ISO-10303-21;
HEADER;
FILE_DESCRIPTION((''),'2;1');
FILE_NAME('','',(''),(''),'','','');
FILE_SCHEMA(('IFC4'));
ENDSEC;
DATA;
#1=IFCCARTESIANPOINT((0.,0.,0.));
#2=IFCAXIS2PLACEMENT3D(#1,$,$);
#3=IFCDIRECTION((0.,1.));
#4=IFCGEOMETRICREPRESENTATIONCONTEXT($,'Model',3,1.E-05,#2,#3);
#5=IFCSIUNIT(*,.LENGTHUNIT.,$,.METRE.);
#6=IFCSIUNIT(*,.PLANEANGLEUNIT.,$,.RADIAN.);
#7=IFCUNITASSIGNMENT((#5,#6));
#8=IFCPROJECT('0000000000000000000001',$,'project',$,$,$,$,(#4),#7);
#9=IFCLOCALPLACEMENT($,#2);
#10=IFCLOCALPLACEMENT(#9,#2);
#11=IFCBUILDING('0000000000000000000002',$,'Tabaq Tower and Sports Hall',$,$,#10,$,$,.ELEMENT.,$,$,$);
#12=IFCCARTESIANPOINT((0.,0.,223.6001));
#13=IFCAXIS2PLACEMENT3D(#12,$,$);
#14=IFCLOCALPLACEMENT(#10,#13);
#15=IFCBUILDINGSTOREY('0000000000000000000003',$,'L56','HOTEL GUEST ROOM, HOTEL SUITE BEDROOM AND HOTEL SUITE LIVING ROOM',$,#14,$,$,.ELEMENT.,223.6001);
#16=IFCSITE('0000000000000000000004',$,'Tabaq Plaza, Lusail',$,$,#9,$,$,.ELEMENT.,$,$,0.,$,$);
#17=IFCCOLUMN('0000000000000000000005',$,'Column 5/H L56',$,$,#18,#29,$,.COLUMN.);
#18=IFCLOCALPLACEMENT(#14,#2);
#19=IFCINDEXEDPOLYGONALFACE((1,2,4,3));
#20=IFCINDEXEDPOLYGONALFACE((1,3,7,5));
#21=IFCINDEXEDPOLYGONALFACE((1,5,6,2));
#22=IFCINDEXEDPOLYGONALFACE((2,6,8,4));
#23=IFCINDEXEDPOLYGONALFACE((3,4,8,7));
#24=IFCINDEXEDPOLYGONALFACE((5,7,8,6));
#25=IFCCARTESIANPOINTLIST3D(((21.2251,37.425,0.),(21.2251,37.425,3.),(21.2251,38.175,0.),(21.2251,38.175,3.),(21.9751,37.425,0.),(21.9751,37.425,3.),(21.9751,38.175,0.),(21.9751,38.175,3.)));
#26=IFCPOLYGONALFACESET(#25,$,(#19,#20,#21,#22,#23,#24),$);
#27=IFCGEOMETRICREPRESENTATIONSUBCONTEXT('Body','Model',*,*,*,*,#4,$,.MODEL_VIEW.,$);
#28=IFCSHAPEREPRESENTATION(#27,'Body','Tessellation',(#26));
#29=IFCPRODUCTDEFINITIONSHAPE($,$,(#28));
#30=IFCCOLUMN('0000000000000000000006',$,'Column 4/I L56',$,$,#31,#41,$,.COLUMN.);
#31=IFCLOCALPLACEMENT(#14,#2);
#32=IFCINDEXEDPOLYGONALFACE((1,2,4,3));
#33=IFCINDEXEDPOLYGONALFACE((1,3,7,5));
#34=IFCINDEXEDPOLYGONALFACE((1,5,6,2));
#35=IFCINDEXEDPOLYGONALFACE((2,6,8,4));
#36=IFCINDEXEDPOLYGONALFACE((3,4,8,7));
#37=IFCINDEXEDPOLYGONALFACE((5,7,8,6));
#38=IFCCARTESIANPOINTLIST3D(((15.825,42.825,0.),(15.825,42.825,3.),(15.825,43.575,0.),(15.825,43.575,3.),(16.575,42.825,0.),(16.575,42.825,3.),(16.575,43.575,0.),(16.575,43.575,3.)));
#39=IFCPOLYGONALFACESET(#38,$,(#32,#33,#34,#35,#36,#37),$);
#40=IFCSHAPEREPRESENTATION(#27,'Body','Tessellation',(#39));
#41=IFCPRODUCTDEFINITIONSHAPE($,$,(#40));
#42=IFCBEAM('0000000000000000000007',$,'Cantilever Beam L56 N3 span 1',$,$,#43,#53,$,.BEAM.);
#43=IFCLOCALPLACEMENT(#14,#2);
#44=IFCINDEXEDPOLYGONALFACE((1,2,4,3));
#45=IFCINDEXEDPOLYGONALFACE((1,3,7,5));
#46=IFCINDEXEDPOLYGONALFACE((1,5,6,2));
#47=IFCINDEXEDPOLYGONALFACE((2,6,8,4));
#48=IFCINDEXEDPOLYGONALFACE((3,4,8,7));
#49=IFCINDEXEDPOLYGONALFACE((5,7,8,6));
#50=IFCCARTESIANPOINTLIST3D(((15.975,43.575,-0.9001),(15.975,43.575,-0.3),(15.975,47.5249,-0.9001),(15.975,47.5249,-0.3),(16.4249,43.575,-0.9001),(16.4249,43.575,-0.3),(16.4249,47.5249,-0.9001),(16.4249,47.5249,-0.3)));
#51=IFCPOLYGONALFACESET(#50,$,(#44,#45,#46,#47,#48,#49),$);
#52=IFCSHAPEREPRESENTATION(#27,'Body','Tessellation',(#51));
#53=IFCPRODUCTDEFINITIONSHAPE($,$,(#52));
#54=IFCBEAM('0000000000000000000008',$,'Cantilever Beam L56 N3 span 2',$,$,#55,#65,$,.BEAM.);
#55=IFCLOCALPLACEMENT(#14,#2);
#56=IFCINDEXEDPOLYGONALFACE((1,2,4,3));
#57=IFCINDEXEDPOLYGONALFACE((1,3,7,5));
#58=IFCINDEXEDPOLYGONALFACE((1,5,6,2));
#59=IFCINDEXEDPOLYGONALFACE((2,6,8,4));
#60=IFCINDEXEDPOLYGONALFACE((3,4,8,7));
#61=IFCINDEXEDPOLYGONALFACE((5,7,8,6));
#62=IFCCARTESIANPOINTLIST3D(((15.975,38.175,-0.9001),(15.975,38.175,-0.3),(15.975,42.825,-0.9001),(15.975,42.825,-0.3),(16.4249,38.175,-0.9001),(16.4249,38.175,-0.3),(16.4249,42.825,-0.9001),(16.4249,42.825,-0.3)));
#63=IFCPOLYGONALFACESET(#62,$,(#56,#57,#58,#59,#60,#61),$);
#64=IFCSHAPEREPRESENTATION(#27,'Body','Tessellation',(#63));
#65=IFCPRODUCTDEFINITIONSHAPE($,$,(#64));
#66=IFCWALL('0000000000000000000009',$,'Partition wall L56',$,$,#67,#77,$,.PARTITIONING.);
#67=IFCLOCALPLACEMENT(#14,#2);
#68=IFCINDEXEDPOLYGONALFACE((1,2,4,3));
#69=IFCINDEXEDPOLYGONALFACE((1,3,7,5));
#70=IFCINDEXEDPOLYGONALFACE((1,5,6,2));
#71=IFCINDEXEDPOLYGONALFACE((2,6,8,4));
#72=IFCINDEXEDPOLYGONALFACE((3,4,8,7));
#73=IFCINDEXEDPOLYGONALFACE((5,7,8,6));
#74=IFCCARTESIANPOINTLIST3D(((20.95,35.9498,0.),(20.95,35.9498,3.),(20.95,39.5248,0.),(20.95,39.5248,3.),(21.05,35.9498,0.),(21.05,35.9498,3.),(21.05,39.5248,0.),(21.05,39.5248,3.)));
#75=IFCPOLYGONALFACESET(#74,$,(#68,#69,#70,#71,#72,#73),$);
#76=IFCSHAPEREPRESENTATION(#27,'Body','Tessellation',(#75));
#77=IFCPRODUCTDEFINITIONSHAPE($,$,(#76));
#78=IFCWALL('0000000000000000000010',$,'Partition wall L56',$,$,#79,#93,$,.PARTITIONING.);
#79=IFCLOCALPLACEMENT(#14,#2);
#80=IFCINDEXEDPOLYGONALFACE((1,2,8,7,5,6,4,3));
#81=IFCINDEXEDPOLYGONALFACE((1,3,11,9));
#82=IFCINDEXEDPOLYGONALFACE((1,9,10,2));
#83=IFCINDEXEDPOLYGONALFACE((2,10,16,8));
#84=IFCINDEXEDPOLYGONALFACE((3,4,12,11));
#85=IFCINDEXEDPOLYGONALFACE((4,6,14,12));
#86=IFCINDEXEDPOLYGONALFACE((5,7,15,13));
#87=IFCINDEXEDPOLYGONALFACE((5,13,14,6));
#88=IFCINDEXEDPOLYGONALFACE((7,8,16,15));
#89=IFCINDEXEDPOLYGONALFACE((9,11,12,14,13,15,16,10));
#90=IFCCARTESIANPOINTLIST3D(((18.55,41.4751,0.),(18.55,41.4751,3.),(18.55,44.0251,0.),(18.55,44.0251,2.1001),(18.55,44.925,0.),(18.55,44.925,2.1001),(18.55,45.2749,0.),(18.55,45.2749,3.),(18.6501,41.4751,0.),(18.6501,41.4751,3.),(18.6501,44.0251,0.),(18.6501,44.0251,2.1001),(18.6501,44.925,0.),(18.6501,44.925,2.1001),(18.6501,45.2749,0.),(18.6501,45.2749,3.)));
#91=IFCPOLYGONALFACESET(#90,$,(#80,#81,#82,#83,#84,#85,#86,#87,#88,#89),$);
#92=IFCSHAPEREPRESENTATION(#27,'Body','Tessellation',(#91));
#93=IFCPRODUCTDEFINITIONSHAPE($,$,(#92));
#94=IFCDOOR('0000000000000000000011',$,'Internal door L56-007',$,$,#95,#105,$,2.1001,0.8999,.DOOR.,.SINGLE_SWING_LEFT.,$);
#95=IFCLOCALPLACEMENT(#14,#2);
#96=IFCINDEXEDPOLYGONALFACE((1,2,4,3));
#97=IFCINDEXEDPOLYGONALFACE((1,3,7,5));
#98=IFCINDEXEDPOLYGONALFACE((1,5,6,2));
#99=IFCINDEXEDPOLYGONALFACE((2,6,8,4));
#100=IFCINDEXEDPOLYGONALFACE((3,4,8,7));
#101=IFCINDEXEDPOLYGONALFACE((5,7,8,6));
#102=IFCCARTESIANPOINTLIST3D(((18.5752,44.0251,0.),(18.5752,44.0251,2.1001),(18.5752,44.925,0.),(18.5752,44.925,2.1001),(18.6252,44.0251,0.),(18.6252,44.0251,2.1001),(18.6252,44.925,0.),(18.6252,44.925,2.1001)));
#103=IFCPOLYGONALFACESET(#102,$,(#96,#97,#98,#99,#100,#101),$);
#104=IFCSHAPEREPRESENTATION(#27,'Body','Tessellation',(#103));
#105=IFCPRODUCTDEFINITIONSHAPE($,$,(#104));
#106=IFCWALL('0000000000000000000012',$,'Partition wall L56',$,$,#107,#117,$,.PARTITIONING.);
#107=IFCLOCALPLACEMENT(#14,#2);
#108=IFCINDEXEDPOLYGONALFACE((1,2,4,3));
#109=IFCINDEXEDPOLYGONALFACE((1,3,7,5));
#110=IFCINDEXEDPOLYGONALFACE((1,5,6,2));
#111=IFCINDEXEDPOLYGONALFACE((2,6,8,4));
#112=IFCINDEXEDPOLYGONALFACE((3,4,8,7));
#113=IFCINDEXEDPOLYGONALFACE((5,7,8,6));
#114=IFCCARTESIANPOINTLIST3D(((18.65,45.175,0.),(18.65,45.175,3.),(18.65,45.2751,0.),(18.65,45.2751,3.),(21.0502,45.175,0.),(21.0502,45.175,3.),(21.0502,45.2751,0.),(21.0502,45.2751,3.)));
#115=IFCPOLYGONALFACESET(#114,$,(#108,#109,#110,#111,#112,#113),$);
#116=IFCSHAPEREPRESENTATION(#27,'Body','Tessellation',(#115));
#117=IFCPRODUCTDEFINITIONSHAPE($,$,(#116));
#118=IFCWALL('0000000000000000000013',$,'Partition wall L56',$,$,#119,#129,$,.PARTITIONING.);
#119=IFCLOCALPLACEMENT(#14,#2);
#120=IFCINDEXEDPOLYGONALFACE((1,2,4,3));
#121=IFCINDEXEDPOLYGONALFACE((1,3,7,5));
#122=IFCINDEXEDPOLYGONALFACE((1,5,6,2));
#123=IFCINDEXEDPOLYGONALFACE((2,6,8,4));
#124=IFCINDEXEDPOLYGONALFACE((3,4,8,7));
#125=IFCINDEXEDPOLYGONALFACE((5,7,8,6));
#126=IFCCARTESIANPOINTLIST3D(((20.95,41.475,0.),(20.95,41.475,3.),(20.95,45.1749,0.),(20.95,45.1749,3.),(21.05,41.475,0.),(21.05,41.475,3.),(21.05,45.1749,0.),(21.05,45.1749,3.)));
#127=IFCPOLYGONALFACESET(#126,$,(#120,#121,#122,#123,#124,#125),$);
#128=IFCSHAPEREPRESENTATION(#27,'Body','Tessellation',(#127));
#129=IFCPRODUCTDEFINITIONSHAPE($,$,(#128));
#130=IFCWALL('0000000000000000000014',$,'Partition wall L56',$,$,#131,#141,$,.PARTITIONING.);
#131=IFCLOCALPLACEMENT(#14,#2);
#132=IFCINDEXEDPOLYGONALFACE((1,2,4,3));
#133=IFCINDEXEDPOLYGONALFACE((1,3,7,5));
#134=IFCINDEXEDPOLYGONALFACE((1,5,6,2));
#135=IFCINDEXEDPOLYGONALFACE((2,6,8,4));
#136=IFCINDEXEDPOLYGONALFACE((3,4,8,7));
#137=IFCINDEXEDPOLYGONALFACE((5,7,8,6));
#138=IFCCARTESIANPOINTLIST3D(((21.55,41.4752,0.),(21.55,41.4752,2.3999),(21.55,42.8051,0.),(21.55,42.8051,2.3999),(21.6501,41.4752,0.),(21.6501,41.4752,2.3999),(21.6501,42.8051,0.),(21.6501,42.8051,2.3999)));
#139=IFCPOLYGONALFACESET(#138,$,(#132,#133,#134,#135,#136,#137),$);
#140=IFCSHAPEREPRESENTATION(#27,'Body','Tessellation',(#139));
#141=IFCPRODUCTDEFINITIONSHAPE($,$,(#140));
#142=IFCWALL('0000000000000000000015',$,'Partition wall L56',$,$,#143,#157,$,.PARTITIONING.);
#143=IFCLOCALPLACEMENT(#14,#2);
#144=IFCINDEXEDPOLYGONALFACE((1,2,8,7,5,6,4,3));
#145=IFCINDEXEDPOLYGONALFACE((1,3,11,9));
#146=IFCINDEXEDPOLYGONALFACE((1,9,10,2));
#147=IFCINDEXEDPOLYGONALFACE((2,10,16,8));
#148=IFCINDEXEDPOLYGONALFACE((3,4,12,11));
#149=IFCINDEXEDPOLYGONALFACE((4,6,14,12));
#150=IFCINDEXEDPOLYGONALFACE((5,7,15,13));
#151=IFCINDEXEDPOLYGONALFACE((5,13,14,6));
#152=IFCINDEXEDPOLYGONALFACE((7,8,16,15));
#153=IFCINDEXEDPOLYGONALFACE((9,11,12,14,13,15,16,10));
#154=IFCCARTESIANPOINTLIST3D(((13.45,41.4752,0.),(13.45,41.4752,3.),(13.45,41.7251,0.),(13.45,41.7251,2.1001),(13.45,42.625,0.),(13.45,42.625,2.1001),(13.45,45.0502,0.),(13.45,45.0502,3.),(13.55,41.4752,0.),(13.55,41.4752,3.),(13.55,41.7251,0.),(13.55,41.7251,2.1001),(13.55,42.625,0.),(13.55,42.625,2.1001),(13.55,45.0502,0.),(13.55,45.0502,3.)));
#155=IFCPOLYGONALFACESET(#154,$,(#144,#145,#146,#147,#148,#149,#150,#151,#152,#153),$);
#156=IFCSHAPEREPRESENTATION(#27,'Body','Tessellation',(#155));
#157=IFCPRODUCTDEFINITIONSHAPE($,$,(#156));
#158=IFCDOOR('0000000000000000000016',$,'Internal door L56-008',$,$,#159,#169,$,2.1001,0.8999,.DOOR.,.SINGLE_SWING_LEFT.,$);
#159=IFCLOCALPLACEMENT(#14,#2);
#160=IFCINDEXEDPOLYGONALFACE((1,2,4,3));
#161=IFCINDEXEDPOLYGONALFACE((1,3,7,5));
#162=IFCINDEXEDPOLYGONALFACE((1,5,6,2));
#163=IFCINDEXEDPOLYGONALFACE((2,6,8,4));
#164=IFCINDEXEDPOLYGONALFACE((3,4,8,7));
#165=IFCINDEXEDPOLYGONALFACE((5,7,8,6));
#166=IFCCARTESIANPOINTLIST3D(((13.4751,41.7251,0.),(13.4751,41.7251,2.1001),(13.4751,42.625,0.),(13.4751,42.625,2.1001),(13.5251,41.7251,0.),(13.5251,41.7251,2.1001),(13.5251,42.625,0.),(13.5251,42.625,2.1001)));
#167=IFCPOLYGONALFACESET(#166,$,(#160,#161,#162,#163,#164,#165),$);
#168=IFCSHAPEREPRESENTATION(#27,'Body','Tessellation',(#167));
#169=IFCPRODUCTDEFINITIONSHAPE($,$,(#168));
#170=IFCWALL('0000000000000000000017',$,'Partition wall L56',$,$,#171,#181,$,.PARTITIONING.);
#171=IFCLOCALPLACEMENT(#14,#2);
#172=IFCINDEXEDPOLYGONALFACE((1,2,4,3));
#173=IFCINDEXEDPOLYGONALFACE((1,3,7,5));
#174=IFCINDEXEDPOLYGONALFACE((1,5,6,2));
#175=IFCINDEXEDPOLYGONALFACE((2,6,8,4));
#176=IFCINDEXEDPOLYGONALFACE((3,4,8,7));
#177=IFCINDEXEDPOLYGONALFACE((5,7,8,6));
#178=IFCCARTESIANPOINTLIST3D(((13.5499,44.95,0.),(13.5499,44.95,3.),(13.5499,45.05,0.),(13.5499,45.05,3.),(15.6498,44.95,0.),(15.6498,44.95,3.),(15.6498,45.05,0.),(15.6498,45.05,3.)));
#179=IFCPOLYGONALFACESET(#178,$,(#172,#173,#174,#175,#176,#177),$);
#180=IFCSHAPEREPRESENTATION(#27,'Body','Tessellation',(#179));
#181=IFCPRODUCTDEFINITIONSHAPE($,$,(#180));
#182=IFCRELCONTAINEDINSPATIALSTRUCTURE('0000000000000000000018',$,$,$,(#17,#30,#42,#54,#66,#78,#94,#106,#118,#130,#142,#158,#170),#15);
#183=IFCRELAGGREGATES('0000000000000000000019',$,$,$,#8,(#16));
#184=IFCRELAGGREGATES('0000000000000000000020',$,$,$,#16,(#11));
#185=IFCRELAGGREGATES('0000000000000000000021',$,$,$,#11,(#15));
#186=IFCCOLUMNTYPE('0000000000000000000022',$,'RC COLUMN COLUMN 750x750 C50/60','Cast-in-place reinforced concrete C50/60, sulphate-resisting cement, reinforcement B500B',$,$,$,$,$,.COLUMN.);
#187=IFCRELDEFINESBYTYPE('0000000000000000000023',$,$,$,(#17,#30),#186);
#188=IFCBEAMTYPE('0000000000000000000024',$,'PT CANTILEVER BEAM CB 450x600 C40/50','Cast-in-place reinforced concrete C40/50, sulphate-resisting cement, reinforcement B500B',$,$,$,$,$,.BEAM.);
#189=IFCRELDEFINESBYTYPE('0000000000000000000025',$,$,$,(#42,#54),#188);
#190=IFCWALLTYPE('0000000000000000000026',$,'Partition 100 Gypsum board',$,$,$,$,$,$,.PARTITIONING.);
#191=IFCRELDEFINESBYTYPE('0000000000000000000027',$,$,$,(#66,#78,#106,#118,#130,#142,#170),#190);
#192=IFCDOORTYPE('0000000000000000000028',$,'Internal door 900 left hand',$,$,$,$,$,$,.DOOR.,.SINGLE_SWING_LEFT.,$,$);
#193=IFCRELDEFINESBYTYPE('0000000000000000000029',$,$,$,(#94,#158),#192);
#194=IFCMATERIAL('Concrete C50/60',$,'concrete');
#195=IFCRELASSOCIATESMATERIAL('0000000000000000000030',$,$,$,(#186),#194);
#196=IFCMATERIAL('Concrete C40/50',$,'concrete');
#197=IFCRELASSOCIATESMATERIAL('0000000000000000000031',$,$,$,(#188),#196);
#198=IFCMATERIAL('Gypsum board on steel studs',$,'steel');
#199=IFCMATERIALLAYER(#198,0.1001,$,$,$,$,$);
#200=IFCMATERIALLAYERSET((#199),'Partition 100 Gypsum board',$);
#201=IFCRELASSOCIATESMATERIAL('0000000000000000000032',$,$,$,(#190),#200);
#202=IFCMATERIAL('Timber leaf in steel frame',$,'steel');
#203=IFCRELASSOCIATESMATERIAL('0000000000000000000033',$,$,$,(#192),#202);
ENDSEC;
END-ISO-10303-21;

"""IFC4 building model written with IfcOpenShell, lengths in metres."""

from ifc_helpers import new_model, si_unit, direction, frame, frame_2d, origin, origin_2d, place, context, subcontext, project, spatial, rectangle, extrude, material, layer, layer_set, material_profile, profile_set, type_object, element, fill, save


model = new_model("IFC4")

# Units and contexts
model_context = context("Model", 3, precision=1e-05, world=origin(), true_north=direction((0.0, 1.0)))
body_context = subcontext(model_context, "Body", "Model", "MODEL_VIEW")
ifc_project = project(units=[si_unit("LENGTHUNIT", "METRE"), si_unit("PLANEANGLEUNIT", "RADIAN")], contexts=[model_context])

# Site, building, storey
site_placement = place(None, origin())
site = spatial("IfcSite", under=ifc_project, at=site_placement, Name="Tabaq Plaza, Lusail", CompositionType="ELEMENT", RefElevation=0.0)
building_placement = place(site_placement, origin())
building = spatial("IfcBuilding", under=site, at=building_placement, Name="Tabaq Tower and Sports Hall", CompositionType="ELEMENT")
storey_placement = place(building_placement, frame((0.0, 0.0, 223.6001)))
storey = spatial("IfcBuildingStorey", under=building, at=storey_placement, Name="L56", Description="HOTEL GUEST ROOM, HOTEL SUITE BEDROOM AND HOTEL SUITE LIVING ROOM", CompositionType="ELEMENT", Elevation=223.6001)

# Columns
ifc_material_1 = material(Name="Concrete C50/60", Category="concrete")
ifc_material_profile_1 = material_profile(ifc_material_1, rectangle(XDim=0.75, YDim=0.75, at=origin_2d()), Name="COLUMN 750x750")
ifc_profile_set_1 = profile_set([ifc_material_profile_1], Name="Concrete C50/60")
column_type = type_object("IfcColumnType", Name="RC COLUMN COLUMN 750x750 C50/60", Description="Cast-in-place reinforced concrete C50/60, sulphate-resisting cement, reinforcement B500B", PredefinedType="COLUMN", material=ifc_profile_set_1)
for number, where, z_axis, x_axis, name in (
    (1, (21.6001, 37.8, 0.0), (0.0, 0.0, 1.0), (1.0, 0.0, 0.0), "Column 5/H L56"),
    (2, (16.2, 43.2, 0.0), (0.0, 0.0, 1.0), (1.0, 0.0, 0.0), "Column 4/I L56"),
):
    element("IfcColumn", number, at=place(storey_placement, frame(where, z_axis=z_axis, x_axis=x_axis)), inside=storey, type_object=column_type, Name=name, PredefinedType="COLUMN", context=body_context, shape_type="SweptSolid", body=[
        extrude(rectangle(XDim=0.75, YDim=0.75, at=origin_2d()), origin(), (0.0, 0.0, 1.0), 3.0),
    ])

# Beams
ifc_material_2 = material(Name="Concrete C40/50", Category="concrete")
ifc_material_profile_2 = material_profile(ifc_material_2, rectangle(XDim=0.45, YDim=0.6001, at=origin_2d()), Name="CB 450x600")
ifc_profile_set_2 = profile_set([ifc_material_profile_2], Name="Concrete C40/50")
beam_type = type_object("IfcBeamType", Name="PT CANTILEVER BEAM CB 450x600 C40/50", Description="Cast-in-place reinforced concrete C40/50, sulphate-resisting cement, reinforcement B500B", PredefinedType="BEAM", material=ifc_profile_set_2)
beam_1_placement = place(storey_placement, frame((16.2, 47.5249, -0.6001), z_axis=(0.0, -1.0, 0.0), x_axis=(1.0, 0.0, 0.0)))
element("IfcBeam", 3, at=beam_1_placement, inside=storey, type_object=beam_type, Name="Cantilever Beam L56 N3 span 1", PredefinedType="BEAM", context=body_context, shape_type="SweptSolid", body=[
    extrude(rectangle(XDim=0.45, YDim=0.6001, at=origin_2d()), origin(), (0.0, 0.0, 1.0), 3.95),
])
beam_2_placement = place(storey_placement, frame((16.2, 42.825, -0.6001), z_axis=(0.0, -1.0, 0.0), x_axis=(1.0, 0.0, 0.0)))
element("IfcBeam", 4, at=beam_2_placement, inside=storey, type_object=beam_type, Name="Cantilever Beam L56 N3 span 2", PredefinedType="BEAM", context=body_context, shape_type="SweptSolid", body=[
    extrude(rectangle(XDim=0.45, YDim=0.6001, at=origin_2d()), origin(), (0.0, 0.0, 1.0), 4.6499),
])

# Wall
ifc_material_3 = material(Name="Gypsum board on steel studs", Category="steel")
ifc_layer_1 = layer(ifc_material_3, 0.1001)
ifc_layer_set_1 = layer_set([ifc_layer_1], Name="Partition 100 Gypsum board")
wall_type_1 = type_object("IfcWallType", Name="Partition 100 Gypsum board", PredefinedType="PARTITIONING", material=ifc_layer_set_1)
wall_1_placement = place(storey_placement, frame((21.0, 39.5249, 0.0), z_axis=(0.0, 0.0, 1.0), x_axis=(0.0, -1.0, 0.0)))
element("IfcWall", 5, at=wall_1_placement, inside=storey, type_object=wall_type_1, Name="Partition wall L56", PredefinedType="PARTITIONING", context=body_context, shape_type="SweptSolid", body=[
    extrude(rectangle(XDim=3.575, YDim=0.1001, at=frame_2d((1.7876, 0.0))), origin(), (0.0, 0.0, 1.0), 3.0),
])

# Wall, opening, door
wall_2_placement = place(storey_placement, frame((18.6001, 41.4751, 0.0), z_axis=(0.0, 0.0, 1.0), x_axis=(0.0, 1.0, 0.0)))
wall_2 = element("IfcWall", 6, at=wall_2_placement, inside=storey, type_object=wall_type_1, Name="Partition wall L56", PredefinedType="PARTITIONING", context=body_context, shape_type="SweptSolid", body=[
    extrude(rectangle(XDim=3.7998, YDim=0.1001, at=frame_2d((1.8999, 0.0))), origin(), (0.0, 0.0, 1.0), 3.0),
])
opening_1_placement = place(wall_2_placement, frame((2.55, 0.0, 0.0)))
opening_1 = element("IfcOpeningElement", 7, at=opening_1_placement, cuts=wall_2, PredefinedType="OPENING", context=body_context, shape_type="SweptSolid", body=[
    extrude(rectangle(XDim=0.8999, YDim=2.1001, at=frame_2d((0.45, 1.05))), frame((0.0, 0.05, 0.0), z_axis=(0.0, -1.0, 0.0), x_axis=(1.0, 0.0, 0.0)), (0.0, 0.0, 1.0), 0.1001),
])
ifc_material_4 = material(Name="Timber leaf in steel frame", Category="steel")
door_type = type_object("IfcDoorType", Name="Internal door 900 left hand", OperationType="SINGLE_SWING_LEFT", PredefinedType="DOOR", material=ifc_material_4)
door_1_placement = place(opening_1_placement, origin())
door_1 = element("IfcDoor", 8, at=door_1_placement, inside=storey, type_object=door_type, Name="Internal door L56-007", OperationType="SINGLE_SWING_LEFT", OverallHeight=2.1001, OverallWidth=0.8999, PredefinedType="DOOR", context=body_context, shape_type="SweptSolid", body=[
    extrude(rectangle(XDim=0.8999, YDim=2.1001, at=frame_2d((0.45, 1.05))), frame((0.0, 0.0249, 0.0), z_axis=(0.0, -1.0, 0.0), x_axis=(1.0, 0.0, 0.0)), (0.0, 0.0, 1.0), 0.05),
])
fill(opening_1, door_1)

# Walls
wall_3_placement = place(storey_placement, frame((18.6499, 45.2251, 0.0), z_axis=(0.0, 0.0, 1.0), x_axis=(1.0, 0.0, 0.0)))
element("IfcWall", 9, at=wall_3_placement, inside=storey, type_object=wall_type_1, Name="Partition wall L56", PredefinedType="PARTITIONING", context=body_context, shape_type="SweptSolid", body=[
    extrude(rectangle(XDim=2.4001, YDim=0.1001, at=frame_2d((1.2002, 0.0))), origin(), (0.0, 0.0, 1.0), 3.0),
])
wall_4_placement = place(storey_placement, frame((21.0, 45.175, 0.0), z_axis=(0.0, 0.0, 1.0), x_axis=(0.0, -1.0, 0.0)))
element("IfcWall", 10, at=wall_4_placement, inside=storey, type_object=wall_type_1, Name="Partition wall L56", PredefinedType="PARTITIONING", context=body_context, shape_type="SweptSolid", body=[
    extrude(rectangle(XDim=3.7, YDim=0.1001, at=frame_2d((1.8501, 0.0))), origin(), (0.0, 0.0, 1.0), 3.0),
])
wall_5_placement = place(storey_placement, frame((21.6001, 41.4751, 0.0), z_axis=(0.0, 0.0, 1.0), x_axis=(0.0, 1.0, 0.0)))
element("IfcWall", 11, at=wall_5_placement, inside=storey, type_object=wall_type_1, Name="Partition wall L56", PredefinedType="PARTITIONING", context=body_context, shape_type="SweptSolid", body=[
    extrude(rectangle(XDim=1.3298, YDim=0.1001, at=frame_2d((0.665, 0.0))), origin(), (0.0, 0.0, 1.0), 2.3999),
])

# Wall, opening, door
wall_6_placement = place(storey_placement, frame((13.5, 41.4751, 0.0), z_axis=(0.0, 0.0, 1.0), x_axis=(0.0, 1.0, 0.0)))
wall_6 = element("IfcWall", 12, at=wall_6_placement, inside=storey, type_object=wall_type_1, Name="Partition wall L56", PredefinedType="PARTITIONING", context=body_context, shape_type="SweptSolid", body=[
    extrude(rectangle(XDim=3.575, YDim=0.1001, at=frame_2d((1.7876, 0.0))), origin(), (0.0, 0.0, 1.0), 3.0),
])
opening_2_placement = place(wall_6_placement, frame((0.25, 0.0, 0.0)))
opening_2 = element("IfcOpeningElement", 13, at=opening_2_placement, cuts=wall_6, PredefinedType="OPENING", context=body_context, shape_type="SweptSolid", body=[
    extrude(rectangle(XDim=0.8999, YDim=2.1001, at=frame_2d((0.45, 1.05))), frame((0.0, 0.05, 0.0), z_axis=(0.0, -1.0, 0.0), x_axis=(1.0, 0.0, 0.0)), (0.0, 0.0, 1.0), 0.1001),
])
door_2_placement = place(opening_2_placement, origin())
door_2 = element("IfcDoor", 14, at=door_2_placement, inside=storey, type_object=door_type, Name="Internal door L56-008", OperationType="SINGLE_SWING_LEFT", OverallHeight=2.1001, OverallWidth=0.8999, PredefinedType="DOOR", context=body_context, shape_type="SweptSolid", body=[
    extrude(rectangle(XDim=0.8999, YDim=2.1001, at=frame_2d((0.45, 1.05))), frame((0.0, 0.0249, 0.0), z_axis=(0.0, -1.0, 0.0), x_axis=(1.0, 0.0, 0.0)), (0.0, 0.0, 1.0), 0.05),
])
fill(opening_2, door_2)

# Wall
wall_7_placement = place(storey_placement, frame((13.55, 45.0, 0.0), z_axis=(0.0, 0.0, 1.0), x_axis=(1.0, 0.0, 0.0)))
element("IfcWall", 15, at=wall_7_placement, inside=storey, type_object=wall_type_1, Name="Partition wall L56", PredefinedType="PARTITIONING", context=body_context, shape_type="SweptSolid", body=[
    extrude(rectangle(XDim=2.0999, YDim=0.1001, at=frame_2d((1.0498, 0.0))), origin(), (0.0, 0.0, 1.0), 3.0),
])

save(model, "model.ifc")
